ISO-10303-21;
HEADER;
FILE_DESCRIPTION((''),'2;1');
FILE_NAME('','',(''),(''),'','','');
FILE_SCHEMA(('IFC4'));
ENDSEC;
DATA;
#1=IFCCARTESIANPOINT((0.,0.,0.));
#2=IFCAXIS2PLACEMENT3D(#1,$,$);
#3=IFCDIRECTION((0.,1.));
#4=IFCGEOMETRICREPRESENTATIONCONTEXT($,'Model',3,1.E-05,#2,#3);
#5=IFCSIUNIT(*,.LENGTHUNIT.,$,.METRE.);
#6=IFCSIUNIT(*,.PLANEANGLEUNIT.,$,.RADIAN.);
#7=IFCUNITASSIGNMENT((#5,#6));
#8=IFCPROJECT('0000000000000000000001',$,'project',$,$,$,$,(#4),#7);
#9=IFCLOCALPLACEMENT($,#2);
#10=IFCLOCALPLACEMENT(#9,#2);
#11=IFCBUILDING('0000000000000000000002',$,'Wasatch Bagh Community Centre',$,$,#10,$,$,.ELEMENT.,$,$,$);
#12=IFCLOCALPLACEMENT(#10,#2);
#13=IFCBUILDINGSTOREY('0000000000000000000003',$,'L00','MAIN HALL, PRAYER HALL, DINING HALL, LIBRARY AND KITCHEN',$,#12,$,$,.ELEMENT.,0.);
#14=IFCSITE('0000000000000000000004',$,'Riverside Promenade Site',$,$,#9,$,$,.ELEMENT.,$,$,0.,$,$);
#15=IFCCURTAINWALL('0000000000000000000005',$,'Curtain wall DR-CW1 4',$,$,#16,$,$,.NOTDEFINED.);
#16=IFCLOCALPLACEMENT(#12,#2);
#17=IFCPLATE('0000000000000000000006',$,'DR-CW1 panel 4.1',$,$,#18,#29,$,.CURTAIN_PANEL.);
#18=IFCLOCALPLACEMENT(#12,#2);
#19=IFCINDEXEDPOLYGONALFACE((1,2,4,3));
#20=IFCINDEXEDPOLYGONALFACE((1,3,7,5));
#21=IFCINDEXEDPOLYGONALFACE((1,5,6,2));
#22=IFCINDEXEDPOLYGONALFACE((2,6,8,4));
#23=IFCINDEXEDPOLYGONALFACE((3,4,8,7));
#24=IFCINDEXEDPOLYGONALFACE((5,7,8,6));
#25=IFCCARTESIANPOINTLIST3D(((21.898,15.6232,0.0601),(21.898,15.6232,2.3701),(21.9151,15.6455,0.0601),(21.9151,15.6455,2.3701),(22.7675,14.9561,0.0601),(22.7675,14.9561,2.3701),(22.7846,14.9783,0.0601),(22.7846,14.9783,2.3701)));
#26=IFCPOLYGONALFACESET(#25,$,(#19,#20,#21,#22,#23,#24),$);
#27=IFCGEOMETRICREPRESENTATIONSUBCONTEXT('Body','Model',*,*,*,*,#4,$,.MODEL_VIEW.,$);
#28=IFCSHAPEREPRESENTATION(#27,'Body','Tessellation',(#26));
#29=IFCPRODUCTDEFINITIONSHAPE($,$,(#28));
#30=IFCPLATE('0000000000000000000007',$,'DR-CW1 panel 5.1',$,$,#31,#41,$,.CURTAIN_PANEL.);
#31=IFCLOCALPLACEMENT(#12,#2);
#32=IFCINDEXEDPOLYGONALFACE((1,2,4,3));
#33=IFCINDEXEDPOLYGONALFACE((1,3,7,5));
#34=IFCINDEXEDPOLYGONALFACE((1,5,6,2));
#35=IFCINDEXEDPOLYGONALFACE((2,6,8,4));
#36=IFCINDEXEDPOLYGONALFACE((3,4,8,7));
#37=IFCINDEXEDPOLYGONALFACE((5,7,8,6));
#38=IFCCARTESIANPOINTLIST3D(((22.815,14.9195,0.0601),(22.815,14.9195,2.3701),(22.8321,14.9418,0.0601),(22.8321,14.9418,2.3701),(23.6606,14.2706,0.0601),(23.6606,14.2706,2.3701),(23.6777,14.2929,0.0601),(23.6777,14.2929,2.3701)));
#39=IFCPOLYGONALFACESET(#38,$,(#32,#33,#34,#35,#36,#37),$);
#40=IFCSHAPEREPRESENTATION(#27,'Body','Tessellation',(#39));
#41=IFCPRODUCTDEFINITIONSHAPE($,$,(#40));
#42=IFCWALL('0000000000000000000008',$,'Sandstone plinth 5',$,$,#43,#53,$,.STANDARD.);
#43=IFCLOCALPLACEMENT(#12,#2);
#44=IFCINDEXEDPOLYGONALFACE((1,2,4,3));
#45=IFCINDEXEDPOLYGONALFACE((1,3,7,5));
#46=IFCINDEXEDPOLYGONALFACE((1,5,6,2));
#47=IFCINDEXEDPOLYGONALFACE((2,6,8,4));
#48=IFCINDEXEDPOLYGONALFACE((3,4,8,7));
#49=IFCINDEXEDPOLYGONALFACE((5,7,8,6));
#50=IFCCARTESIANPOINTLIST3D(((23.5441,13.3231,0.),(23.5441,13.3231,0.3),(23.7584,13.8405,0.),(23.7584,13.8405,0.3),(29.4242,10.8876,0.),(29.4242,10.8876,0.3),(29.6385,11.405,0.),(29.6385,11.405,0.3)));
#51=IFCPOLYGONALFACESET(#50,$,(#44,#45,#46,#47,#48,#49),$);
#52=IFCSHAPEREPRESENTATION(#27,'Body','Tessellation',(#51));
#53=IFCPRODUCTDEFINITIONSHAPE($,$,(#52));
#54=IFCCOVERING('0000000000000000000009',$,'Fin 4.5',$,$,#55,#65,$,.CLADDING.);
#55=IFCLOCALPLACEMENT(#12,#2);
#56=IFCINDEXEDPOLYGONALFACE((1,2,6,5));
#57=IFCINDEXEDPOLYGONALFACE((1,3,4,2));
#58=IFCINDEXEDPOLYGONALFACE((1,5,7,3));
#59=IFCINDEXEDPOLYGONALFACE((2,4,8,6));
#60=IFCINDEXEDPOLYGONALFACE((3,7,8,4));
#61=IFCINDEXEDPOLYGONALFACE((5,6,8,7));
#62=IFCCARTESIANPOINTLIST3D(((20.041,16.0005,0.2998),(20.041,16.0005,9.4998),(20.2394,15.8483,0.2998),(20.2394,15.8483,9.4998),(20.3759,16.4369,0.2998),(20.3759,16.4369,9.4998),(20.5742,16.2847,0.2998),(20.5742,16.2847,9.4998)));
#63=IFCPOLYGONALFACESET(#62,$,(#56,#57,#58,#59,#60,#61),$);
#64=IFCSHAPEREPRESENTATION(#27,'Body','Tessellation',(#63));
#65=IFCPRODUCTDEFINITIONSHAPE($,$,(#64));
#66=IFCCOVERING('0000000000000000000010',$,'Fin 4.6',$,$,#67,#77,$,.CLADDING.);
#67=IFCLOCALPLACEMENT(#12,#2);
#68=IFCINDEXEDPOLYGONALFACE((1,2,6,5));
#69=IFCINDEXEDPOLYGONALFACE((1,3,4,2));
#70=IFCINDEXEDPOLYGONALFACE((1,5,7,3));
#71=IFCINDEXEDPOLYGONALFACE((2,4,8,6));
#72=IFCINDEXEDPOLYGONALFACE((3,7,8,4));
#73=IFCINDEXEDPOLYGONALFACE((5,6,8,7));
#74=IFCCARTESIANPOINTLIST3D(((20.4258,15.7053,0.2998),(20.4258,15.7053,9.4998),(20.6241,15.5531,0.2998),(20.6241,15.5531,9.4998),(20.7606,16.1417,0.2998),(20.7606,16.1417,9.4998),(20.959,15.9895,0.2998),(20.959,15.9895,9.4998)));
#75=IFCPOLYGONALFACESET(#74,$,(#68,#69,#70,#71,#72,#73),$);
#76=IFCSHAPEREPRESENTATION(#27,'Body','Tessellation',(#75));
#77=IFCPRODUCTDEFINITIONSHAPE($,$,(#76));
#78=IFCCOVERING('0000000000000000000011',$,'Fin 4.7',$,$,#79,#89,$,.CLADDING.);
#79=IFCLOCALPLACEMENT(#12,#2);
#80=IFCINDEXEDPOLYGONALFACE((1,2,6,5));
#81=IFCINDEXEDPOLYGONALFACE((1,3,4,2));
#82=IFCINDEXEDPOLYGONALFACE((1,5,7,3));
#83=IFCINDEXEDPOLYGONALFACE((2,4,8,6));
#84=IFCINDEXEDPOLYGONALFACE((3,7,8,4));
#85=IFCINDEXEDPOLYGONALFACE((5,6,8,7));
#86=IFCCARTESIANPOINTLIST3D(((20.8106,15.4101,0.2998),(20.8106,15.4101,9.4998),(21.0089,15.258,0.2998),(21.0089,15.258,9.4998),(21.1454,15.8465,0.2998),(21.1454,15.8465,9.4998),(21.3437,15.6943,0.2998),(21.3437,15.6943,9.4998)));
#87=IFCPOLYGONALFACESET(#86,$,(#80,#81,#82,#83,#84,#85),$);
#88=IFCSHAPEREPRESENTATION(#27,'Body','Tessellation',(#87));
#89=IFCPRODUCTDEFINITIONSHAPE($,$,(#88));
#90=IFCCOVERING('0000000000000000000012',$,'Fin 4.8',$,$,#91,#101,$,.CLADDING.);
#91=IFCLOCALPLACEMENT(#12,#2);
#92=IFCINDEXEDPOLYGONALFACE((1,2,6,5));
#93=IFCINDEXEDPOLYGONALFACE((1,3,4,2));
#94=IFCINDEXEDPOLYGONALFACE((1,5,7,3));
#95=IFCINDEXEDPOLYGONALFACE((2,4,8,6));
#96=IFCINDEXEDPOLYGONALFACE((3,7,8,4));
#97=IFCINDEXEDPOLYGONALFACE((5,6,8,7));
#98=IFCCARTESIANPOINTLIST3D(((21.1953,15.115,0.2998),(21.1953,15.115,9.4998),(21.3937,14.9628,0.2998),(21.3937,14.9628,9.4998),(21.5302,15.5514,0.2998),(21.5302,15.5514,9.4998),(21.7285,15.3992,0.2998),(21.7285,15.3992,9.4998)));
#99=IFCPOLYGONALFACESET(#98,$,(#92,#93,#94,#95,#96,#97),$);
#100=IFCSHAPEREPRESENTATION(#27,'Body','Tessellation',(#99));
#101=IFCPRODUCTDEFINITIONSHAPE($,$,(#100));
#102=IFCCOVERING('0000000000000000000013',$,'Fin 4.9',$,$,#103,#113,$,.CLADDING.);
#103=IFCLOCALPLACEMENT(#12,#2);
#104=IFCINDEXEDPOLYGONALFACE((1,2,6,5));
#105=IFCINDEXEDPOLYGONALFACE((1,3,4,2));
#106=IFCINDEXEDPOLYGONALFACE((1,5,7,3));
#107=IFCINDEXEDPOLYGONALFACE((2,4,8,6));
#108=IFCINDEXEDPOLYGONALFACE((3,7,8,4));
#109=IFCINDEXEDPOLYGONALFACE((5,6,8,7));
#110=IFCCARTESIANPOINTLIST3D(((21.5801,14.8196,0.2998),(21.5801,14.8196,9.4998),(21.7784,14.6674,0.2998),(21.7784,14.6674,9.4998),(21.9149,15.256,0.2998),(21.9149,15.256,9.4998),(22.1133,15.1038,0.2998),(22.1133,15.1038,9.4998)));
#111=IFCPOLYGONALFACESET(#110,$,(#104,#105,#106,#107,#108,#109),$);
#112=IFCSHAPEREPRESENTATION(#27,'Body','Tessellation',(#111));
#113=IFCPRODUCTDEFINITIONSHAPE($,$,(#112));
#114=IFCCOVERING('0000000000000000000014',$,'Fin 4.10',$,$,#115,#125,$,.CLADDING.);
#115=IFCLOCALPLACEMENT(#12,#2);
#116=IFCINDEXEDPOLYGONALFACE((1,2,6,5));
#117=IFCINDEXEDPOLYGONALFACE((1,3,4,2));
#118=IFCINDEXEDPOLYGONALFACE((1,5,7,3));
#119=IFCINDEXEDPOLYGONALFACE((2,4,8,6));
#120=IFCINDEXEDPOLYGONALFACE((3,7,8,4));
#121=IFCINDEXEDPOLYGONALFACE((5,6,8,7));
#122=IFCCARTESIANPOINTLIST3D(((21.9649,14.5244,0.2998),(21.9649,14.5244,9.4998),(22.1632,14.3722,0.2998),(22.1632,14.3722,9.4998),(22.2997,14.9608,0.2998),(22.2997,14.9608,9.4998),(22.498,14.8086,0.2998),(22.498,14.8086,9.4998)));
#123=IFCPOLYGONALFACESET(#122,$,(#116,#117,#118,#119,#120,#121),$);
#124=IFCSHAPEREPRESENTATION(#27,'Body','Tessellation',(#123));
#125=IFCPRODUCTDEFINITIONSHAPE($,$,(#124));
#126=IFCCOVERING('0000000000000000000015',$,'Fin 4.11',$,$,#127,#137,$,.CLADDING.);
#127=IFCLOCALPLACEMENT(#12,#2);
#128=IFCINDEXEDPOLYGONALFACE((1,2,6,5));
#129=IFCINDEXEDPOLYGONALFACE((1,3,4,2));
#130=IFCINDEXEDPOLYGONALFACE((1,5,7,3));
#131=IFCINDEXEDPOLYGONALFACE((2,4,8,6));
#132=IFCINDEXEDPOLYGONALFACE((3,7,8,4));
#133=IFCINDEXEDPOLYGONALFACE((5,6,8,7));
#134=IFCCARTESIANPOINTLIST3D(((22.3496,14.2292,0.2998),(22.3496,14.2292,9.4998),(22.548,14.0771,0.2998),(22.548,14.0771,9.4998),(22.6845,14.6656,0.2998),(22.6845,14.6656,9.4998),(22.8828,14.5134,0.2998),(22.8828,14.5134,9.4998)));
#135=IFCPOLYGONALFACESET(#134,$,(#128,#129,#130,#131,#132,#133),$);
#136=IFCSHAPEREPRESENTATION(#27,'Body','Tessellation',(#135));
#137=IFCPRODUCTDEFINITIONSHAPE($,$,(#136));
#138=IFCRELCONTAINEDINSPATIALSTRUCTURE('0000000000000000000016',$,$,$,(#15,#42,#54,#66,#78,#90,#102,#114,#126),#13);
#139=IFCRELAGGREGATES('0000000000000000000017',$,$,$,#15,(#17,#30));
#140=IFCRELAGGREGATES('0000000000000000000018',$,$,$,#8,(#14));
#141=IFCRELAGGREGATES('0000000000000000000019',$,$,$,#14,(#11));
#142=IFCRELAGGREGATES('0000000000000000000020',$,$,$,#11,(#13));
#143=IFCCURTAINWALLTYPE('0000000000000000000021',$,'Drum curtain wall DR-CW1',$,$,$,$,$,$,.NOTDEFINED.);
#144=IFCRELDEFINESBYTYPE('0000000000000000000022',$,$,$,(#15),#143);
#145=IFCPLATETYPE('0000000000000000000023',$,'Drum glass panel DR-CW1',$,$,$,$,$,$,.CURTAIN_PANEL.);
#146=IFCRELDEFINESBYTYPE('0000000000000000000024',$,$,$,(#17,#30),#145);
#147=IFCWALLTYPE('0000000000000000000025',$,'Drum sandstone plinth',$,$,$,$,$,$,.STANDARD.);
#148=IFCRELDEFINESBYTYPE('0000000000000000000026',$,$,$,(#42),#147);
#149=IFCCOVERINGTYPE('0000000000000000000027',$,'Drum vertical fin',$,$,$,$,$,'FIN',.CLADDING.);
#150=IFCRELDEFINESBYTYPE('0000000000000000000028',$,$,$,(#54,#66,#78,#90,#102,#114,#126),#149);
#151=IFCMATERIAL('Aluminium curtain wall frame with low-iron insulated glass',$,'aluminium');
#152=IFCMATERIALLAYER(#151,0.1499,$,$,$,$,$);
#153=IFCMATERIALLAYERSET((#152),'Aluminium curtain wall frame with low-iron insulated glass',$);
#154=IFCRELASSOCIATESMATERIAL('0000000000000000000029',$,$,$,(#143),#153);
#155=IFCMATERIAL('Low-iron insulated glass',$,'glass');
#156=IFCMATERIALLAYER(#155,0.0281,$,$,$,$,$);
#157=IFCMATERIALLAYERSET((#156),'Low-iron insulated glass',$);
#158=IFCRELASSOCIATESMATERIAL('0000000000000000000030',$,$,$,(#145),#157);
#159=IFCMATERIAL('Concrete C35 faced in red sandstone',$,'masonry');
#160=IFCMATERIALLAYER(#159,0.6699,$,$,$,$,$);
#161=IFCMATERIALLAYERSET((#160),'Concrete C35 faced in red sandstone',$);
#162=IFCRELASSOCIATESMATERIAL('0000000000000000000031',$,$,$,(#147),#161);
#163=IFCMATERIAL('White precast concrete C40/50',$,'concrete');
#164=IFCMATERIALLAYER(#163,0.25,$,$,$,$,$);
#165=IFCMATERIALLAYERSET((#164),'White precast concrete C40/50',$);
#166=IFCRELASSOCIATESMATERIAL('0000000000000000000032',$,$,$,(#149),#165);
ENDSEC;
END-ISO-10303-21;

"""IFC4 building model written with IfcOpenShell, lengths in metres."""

from ifc_helpers import new_model, si_unit, direction, frame, frame_2d, origin, origin_2d, place, context, subcontext, project, spatial, rectangle, extrude, material, layer, layer_set, type_object, element, aggregate, save


model = new_model("IFC4")

# Units and contexts
model_context = context("Model", 3, precision=1e-05, world=origin(), true_north=direction((0.0, 1.0)))
body_context = subcontext(model_context, "Body", "Model", "MODEL_VIEW")
ifc_project = project(units=[si_unit("LENGTHUNIT", "METRE"), si_unit("PLANEANGLEUNIT", "RADIAN")], contexts=[model_context])

# Site, building, storey
site_placement = place(None, origin())
site = spatial("IfcSite", under=ifc_project, at=site_placement, Name="Riverside Promenade Site", CompositionType="ELEMENT", RefElevation=0.0)
building_placement = place(site_placement, origin())
building = spatial("IfcBuilding", under=site, at=building_placement, Name="Wasatch Bagh Community Centre", CompositionType="ELEMENT")
storey_placement = place(building_placement, origin())
storey = spatial("IfcBuildingStorey", under=building, at=storey_placement, Name="L00", Description="MAIN HALL, PRAYER HALL, DINING HALL, LIBRARY AND KITCHEN", CompositionType="ELEMENT", Elevation=0.0)

# Curtain wall
ifc_material_1 = material(Name="Aluminium curtain wall frame with low-iron insulated glass", Category="aluminium")
ifc_layer_1 = layer(ifc_material_1, 0.1499)
ifc_layer_set_1 = layer_set([ifc_layer_1], Name="Aluminium curtain wall frame with low-iron insulated glass")
curtain_wall_type = type_object("IfcCurtainWallType", Name="Drum curtain wall DR-CW1", PredefinedType="NOTDEFINED", material=ifc_layer_set_1)
curtain_wall_1_placement = place(storey_placement, origin())
curtain_wall_1 = element("IfcCurtainWall", 1, at=curtain_wall_1_placement, inside=storey, type_object=curtain_wall_type, Name="Curtain wall DR-CW1 4", PredefinedType="NOTDEFINED")

# Plates
ifc_material_2 = material(Name="Low-iron insulated glass", Category="glass")
ifc_layer_2 = layer(ifc_material_2, 0.0281)
ifc_layer_set_2 = layer_set([ifc_layer_2], Name="Low-iron insulated glass")
plate_type = type_object("IfcPlateType", Name="Drum glass panel DR-CW1", PredefinedType="CURTAIN_PANEL", material=ifc_layer_set_2)
plate_1_placement = place(storey_placement, frame((22.3413, 15.3008, 0.0601), z_axis=(0.0, 0.0, 1.0), x_axis=(0.793353, -0.608761, 0.0)))
plate_1 = element("IfcPlate", 2, at=plate_1_placement, type_object=plate_type, Name="DR-CW1 panel 4.1", PredefinedType="CURTAIN_PANEL", context=body_context, shape_type="SweptSolid", body=[
    extrude(rectangle(XDim=1.0959, YDim=0.0281, at=origin_2d()), origin(), (0.0, 0.0, 1.0), 2.3101),
])
plate_2_placement = place(storey_placement, frame((23.2463, 14.6062, 0.0601), z_axis=(0.0, 0.0, 1.0), x_axis=(0.793353, -0.608761, 0.0)))
plate_2 = element("IfcPlate", 3, at=plate_2_placement, type_object=plate_type, Name="DR-CW1 panel 5.1", PredefinedType="CURTAIN_PANEL", context=body_context, shape_type="SweptSolid", body=[
    extrude(rectangle(XDim=1.0659, YDim=0.0281, at=origin_2d()), origin(), (0.0, 0.0, 1.0), 2.3101),
])
aggregate(curtain_wall_1, [plate_1, plate_2])

# Wall
ifc_material_3 = material(Name="Concrete C35 faced in red sandstone", Category="masonry")
ifc_layer_3 = layer(ifc_material_3, 0.6699)
ifc_layer_set_3 = layer_set([ifc_layer_3], Name="Concrete C35 faced in red sandstone")
wall_type = type_object("IfcWallType", Name="Drum sandstone plinth", PredefinedType="STANDARD", material=ifc_layer_set_3)
wall_placement = place(storey_placement, frame((23.6514, 13.5818, 0.0), z_axis=(0.0, 0.0, 1.0), x_axis=(0.923884, -0.382673, 0.0)))
element("IfcWall", 4, at=wall_placement, inside=storey, type_object=wall_type, Name="Sandstone plinth 5", PredefinedType="STANDARD", context=body_context, shape_type="SweptSolid", body=[
    extrude(rectangle(XDim=6.3645, YDim=0.5601, at=frame_2d((3.1821, 0.0))), origin(), (0.0, 0.0, 1.0), 0.3),
])

# Coverings
ifc_material_4 = material(Name="White precast concrete C40/50", Category="concrete")
ifc_layer_4 = layer(ifc_material_4, 0.25)
ifc_layer_set_4 = layer_set([ifc_layer_4], Name="White precast concrete C40/50")
covering_type = type_object("IfcCoveringType", Name="Drum vertical fin", ElementType="FIN", PredefinedType="CLADDING", material=ifc_layer_set_4)
for number, where, z_axis, x_axis, name in (
    (5, (20.3076, 16.1426, 0.2998), (0.0, 0.0, 1.0), (0.793353, -0.608761, 0.0), "Fin 4.5"),
    (6, (20.6924, 15.8474, 0.2998), (0.0, 0.0, 1.0), (0.793353, -0.608761, 0.0), "Fin 4.6"),
    (7, (21.0771, 15.5522, 0.2998), (0.0, 0.0, 1.0), (0.793353, -0.608761, 0.0), "Fin 4.7"),
    (8, (21.4619, 15.2571, 0.2998), (0.0, 0.0, 1.0), (0.793353, -0.608761, 0.0), "Fin 4.8"),
    (9, (21.8467, 14.9617, 0.2998), (0.0, 0.0, 1.0), (0.793353, -0.608761, 0.0), "Fin 4.9"),
    (10, (22.2314, 14.6665, 0.2998), (0.0, 0.0, 1.0), (0.793353, -0.608761, 0.0), "Fin 4.10"),
    (11, (22.6162, 14.3713, 0.2998), (0.0, 0.0, 1.0), (0.793353, -0.608761, 0.0), "Fin 4.11"),
):
    element("IfcCovering", number, at=place(storey_placement, frame(where, z_axis=z_axis, x_axis=x_axis)), inside=storey, type_object=covering_type, Name=name, PredefinedType="CLADDING", context=body_context, shape_type="SweptSolid", body=[
        extrude(rectangle(XDim=0.25, YDim=0.55, at=origin_2d()), origin(), (0.0, 0.0, 1.0), 9.2),
    ])

save(model, "model.ifc")
